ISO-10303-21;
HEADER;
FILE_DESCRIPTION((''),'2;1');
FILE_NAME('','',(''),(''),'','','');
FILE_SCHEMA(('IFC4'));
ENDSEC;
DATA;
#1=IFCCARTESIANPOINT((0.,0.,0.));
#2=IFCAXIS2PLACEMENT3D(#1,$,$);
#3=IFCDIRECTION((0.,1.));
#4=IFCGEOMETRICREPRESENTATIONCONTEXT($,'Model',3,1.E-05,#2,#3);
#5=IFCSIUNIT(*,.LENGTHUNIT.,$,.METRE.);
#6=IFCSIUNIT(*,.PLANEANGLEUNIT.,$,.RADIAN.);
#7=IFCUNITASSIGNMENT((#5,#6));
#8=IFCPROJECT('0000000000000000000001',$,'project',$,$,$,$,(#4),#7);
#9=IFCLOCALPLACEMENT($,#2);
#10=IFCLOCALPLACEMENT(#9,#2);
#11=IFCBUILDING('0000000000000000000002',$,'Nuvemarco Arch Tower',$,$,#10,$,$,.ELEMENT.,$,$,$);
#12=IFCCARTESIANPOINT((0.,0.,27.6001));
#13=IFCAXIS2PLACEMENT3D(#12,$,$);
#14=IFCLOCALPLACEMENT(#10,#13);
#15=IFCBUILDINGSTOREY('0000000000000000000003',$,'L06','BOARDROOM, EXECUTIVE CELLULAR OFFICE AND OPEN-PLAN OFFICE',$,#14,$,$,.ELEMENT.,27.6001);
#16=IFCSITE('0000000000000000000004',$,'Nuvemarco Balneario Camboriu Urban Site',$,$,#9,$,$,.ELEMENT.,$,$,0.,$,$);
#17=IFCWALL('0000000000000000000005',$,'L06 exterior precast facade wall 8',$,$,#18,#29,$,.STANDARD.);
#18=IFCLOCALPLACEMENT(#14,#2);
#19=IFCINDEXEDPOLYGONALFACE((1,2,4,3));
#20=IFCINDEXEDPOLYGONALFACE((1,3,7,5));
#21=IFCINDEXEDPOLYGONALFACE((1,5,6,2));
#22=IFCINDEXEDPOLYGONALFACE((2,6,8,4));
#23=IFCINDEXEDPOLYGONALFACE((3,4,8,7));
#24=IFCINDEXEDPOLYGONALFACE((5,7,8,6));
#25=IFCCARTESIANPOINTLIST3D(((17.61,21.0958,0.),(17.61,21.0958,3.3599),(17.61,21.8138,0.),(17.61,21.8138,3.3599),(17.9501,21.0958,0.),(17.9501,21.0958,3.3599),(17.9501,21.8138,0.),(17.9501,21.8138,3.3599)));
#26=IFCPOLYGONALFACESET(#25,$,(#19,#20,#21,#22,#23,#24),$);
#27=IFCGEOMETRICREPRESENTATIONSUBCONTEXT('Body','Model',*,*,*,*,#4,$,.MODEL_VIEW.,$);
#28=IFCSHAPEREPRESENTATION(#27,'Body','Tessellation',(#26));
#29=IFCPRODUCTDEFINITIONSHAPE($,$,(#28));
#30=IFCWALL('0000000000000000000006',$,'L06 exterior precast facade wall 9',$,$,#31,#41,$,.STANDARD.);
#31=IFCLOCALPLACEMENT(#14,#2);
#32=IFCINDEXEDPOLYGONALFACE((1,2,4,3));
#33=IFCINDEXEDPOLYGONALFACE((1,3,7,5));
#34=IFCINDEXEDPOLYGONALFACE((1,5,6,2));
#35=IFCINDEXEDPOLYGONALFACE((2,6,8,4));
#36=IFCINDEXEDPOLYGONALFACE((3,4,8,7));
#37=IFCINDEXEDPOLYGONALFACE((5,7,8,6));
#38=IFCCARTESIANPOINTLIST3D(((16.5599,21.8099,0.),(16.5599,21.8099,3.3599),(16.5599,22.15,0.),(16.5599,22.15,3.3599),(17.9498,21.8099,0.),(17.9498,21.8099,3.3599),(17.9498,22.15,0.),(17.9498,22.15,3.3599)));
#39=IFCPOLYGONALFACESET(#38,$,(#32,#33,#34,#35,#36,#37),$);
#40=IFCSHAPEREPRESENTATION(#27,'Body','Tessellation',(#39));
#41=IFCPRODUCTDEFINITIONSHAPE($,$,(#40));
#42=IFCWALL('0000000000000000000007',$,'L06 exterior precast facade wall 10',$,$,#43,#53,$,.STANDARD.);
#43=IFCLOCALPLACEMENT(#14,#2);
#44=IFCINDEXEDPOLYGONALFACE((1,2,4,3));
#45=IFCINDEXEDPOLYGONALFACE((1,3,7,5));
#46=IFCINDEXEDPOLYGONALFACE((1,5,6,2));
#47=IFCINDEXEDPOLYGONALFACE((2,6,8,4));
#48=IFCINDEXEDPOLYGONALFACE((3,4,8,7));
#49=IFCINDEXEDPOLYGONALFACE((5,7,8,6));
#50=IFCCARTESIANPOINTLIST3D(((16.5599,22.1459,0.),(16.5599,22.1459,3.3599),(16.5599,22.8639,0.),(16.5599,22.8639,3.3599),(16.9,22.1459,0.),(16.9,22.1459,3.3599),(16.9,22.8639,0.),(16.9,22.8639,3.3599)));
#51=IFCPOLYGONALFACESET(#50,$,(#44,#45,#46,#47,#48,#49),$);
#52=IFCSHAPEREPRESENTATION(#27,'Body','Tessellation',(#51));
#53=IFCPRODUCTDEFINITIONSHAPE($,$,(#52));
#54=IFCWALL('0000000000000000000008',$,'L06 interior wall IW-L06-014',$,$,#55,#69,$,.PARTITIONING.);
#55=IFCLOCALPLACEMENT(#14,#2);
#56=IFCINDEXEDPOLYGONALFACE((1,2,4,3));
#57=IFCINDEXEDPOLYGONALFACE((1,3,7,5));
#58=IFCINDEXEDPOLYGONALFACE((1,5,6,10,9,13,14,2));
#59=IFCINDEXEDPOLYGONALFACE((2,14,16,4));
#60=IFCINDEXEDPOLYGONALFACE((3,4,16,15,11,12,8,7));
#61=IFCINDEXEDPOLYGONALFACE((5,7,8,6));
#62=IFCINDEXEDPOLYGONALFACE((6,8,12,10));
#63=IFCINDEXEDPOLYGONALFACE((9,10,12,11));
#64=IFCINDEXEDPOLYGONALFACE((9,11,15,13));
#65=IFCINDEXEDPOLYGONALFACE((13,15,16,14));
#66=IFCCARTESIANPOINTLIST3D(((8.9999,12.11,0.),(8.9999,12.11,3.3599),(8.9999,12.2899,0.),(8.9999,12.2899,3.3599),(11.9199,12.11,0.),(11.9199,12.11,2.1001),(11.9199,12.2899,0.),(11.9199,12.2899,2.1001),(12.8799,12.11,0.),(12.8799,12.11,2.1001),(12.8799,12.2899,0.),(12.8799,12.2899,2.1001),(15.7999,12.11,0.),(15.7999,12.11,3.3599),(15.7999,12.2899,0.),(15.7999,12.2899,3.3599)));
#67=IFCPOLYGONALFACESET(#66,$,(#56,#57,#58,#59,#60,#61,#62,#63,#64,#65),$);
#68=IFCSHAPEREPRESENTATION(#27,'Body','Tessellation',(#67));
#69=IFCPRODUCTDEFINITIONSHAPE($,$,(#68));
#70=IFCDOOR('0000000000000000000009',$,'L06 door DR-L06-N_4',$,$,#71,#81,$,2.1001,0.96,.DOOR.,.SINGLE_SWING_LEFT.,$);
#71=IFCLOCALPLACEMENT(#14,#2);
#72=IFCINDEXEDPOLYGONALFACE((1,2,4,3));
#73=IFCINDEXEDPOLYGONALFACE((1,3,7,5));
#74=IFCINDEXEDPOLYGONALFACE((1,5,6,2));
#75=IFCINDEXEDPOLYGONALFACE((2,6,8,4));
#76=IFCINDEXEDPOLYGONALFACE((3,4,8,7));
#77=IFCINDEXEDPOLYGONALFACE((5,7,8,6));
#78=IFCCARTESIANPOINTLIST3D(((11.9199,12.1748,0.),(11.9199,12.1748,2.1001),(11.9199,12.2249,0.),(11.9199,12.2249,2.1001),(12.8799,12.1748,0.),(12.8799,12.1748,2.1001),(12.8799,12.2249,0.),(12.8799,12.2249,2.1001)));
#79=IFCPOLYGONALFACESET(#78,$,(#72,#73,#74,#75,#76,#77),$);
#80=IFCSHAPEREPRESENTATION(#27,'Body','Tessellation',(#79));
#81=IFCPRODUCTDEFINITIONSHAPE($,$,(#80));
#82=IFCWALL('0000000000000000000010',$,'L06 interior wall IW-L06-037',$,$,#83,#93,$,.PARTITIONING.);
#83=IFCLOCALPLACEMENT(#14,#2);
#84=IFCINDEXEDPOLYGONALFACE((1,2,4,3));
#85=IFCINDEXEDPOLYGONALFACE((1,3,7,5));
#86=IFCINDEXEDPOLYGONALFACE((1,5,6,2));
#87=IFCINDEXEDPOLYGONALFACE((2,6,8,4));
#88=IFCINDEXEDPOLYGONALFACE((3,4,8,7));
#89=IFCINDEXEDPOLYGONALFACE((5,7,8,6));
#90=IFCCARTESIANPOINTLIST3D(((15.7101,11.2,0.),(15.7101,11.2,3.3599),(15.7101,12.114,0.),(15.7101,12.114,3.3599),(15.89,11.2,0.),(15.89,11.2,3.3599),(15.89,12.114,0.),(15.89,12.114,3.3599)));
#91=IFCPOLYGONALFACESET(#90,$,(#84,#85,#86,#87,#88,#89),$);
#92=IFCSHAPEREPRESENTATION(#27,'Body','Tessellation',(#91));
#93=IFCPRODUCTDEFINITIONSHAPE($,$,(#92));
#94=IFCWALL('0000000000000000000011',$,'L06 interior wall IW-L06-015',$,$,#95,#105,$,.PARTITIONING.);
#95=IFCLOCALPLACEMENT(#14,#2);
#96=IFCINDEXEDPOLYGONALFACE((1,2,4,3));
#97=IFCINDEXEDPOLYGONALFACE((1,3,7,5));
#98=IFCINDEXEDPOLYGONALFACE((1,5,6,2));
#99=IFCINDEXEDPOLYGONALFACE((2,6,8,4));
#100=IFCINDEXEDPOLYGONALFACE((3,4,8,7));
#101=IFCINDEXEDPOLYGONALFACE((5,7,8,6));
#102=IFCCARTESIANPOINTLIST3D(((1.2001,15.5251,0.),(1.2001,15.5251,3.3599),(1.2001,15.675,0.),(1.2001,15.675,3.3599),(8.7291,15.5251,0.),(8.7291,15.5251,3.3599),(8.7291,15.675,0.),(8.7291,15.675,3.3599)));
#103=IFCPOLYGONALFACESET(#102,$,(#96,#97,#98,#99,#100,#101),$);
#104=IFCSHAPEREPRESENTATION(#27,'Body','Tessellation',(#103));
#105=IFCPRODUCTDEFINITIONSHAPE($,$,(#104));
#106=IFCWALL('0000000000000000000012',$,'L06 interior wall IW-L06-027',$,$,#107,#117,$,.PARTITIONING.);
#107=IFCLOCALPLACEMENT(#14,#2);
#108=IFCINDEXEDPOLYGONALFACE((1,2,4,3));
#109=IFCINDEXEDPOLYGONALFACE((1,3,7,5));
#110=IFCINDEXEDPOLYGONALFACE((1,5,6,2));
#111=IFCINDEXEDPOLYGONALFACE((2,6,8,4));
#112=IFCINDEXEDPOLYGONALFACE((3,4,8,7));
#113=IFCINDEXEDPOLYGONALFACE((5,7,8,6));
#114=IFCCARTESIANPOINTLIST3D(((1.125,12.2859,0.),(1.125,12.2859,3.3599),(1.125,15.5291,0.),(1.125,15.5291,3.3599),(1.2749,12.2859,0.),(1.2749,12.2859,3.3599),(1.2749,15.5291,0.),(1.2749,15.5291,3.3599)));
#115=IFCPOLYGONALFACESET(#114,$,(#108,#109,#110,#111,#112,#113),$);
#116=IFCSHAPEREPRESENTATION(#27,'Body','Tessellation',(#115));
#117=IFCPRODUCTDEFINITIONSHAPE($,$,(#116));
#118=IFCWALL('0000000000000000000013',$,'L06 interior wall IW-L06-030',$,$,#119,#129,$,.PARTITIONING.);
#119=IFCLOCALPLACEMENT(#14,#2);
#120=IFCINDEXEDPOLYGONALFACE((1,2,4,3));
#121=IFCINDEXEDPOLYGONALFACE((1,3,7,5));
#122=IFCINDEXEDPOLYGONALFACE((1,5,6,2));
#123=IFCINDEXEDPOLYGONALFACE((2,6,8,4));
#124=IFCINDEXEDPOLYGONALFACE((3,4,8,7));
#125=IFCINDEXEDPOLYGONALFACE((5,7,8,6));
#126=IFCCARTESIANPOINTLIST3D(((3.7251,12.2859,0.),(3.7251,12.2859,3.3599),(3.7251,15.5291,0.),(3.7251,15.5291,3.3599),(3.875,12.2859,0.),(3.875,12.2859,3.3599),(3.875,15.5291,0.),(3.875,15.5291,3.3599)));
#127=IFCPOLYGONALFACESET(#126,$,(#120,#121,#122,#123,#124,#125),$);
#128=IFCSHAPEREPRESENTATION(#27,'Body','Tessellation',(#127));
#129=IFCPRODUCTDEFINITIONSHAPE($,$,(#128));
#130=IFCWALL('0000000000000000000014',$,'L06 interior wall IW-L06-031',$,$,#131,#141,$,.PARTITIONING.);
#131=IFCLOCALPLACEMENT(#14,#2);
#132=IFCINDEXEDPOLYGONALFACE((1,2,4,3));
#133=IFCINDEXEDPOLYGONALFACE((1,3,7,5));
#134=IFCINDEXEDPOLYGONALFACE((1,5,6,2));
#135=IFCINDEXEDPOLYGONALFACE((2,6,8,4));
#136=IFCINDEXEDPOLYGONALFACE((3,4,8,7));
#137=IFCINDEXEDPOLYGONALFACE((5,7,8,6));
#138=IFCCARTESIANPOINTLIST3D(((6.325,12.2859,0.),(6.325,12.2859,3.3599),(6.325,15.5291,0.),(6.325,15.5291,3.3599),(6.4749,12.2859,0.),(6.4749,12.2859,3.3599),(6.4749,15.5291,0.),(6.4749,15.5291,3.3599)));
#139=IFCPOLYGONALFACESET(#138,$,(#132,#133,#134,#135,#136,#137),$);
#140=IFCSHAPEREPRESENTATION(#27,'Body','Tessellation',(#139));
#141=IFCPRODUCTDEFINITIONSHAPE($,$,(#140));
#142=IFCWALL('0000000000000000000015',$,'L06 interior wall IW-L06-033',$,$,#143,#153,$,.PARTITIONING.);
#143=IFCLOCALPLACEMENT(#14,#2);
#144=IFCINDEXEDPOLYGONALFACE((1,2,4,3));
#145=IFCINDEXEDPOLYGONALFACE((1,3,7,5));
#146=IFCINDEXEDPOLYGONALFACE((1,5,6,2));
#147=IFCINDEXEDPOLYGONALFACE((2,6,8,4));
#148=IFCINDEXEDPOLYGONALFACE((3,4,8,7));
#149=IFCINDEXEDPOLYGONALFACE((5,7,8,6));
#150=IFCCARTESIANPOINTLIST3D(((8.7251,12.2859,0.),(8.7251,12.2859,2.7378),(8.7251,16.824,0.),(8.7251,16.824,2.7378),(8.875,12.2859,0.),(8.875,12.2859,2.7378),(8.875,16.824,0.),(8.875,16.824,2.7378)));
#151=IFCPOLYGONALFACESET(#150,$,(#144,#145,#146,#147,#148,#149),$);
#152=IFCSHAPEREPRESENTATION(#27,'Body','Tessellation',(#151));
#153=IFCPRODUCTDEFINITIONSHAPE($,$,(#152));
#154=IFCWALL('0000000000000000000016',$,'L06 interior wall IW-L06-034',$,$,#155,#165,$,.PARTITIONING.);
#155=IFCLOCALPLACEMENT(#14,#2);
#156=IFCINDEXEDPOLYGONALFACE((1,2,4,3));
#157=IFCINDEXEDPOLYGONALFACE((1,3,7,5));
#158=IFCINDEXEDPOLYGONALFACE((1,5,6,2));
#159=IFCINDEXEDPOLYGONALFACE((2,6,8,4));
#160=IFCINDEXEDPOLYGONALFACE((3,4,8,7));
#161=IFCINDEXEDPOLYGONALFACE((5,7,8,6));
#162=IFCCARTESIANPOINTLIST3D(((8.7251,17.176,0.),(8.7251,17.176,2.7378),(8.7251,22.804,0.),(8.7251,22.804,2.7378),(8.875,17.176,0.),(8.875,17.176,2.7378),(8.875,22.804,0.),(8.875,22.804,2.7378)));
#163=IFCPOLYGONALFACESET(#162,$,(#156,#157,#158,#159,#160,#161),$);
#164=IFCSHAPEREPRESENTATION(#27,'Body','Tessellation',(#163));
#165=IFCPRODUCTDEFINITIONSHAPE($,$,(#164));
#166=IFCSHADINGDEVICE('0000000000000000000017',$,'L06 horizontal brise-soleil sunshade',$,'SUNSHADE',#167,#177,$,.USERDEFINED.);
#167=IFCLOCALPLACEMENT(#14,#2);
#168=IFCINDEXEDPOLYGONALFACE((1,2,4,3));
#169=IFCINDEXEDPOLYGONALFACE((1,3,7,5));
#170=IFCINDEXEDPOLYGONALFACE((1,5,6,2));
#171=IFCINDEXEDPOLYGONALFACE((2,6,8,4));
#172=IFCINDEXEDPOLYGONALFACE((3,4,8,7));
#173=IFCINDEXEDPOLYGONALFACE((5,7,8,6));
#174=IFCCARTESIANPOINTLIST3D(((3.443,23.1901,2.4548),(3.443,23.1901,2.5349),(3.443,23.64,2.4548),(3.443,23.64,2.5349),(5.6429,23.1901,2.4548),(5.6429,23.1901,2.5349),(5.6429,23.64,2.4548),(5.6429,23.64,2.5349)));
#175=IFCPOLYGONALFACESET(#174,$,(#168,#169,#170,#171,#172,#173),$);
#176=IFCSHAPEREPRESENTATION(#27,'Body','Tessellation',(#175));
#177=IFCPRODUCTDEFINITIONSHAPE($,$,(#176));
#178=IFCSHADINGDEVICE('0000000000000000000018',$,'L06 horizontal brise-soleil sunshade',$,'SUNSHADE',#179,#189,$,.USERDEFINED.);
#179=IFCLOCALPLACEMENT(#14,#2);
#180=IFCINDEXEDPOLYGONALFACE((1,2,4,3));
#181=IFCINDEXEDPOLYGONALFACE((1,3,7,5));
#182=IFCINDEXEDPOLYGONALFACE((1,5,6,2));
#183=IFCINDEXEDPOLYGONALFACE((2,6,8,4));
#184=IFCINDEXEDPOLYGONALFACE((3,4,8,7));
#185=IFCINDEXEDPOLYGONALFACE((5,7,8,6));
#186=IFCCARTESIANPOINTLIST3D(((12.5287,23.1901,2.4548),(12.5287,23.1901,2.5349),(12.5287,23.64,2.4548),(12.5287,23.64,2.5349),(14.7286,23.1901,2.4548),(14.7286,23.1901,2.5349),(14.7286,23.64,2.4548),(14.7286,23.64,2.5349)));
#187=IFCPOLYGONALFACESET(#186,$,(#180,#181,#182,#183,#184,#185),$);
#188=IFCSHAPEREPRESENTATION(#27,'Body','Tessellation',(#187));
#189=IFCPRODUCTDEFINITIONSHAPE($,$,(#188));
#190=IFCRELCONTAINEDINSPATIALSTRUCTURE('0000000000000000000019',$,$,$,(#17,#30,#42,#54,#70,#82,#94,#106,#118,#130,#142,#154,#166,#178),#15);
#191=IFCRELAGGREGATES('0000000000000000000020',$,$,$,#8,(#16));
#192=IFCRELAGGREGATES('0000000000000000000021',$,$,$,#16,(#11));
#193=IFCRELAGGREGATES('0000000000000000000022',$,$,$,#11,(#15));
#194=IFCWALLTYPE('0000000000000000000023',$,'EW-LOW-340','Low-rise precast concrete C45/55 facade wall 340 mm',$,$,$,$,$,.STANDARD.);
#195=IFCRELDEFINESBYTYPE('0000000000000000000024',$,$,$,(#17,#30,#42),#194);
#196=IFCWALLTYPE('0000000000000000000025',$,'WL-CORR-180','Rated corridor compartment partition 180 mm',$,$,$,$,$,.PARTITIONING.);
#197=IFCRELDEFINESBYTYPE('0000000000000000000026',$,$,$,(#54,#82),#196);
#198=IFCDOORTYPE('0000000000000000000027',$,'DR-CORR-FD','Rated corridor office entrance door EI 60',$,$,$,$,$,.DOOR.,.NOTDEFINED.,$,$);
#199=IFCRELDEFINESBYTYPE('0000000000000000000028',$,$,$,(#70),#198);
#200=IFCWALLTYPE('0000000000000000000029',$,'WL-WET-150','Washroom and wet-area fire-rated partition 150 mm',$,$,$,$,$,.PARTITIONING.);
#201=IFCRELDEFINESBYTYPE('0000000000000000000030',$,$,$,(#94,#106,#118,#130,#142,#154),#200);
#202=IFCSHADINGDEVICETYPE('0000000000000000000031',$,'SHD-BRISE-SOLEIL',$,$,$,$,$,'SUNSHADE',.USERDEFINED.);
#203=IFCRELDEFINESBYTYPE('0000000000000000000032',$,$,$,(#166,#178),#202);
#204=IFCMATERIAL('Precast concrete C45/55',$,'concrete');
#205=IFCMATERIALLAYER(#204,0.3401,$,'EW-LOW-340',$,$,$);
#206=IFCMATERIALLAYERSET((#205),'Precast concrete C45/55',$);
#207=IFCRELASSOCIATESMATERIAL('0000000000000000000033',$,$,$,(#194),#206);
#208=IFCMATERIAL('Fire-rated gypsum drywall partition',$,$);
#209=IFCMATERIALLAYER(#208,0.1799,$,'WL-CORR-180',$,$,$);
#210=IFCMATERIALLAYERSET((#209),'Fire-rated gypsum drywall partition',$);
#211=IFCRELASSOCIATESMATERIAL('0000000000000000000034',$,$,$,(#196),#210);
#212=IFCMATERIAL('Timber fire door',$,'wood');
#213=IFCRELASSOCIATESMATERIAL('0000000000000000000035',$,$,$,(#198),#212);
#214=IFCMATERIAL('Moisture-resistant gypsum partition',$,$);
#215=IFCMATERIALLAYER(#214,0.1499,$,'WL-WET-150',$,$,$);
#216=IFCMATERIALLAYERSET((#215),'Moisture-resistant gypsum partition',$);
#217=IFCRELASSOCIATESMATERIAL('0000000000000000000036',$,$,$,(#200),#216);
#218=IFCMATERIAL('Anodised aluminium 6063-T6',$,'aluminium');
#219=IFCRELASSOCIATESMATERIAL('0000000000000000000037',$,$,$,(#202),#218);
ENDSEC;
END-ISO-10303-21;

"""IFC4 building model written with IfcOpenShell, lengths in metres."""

from ifc_helpers import new_model, si_unit, direction, frame, frame_2d, origin, origin_2d, place, context, subcontext, project, spatial, rectangle, extrude, source, transform, mapped, material, layer, layer_set, type_object, type_shapes, element, fill, save


model = new_model("IFC4")

# Units and contexts
model_context = context("Model", 3, precision=1e-05, world=origin(), true_north=direction((0.0, 1.0)))
body_context = subcontext(model_context, "Body", "Model", "MODEL_VIEW")
ifc_project = project(units=[si_unit("LENGTHUNIT", "METRE"), si_unit("PLANEANGLEUNIT", "RADIAN")], contexts=[model_context])

# Site, building, storey
site_placement = place(None, origin())
site = spatial("IfcSite", under=ifc_project, at=site_placement, Name="Nuvemarco Balneario Camboriu Urban Site", CompositionType="ELEMENT", RefElevation=0.0)
building_placement = place(site_placement, origin())
building = spatial("IfcBuilding", under=site, at=building_placement, Name="Nuvemarco Arch Tower", CompositionType="ELEMENT")
storey_placement = place(building_placement, frame((0.0, 0.0, 27.6001)))
storey = spatial("IfcBuildingStorey", under=building, at=storey_placement, Name="L06", Description="BOARDROOM, EXECUTIVE CELLULAR OFFICE AND OPEN-PLAN OFFICE", CompositionType="ELEMENT", Elevation=27.6001)

# Shared definitions
ifc_material_1 = material(Name="Precast concrete C45/55", Category="concrete")

# Walls
ifc_layer_1 = layer(ifc_material_1, 0.3401, Name="EW-LOW-340")
ifc_layer_set_1 = layer_set([ifc_layer_1], Name="Precast concrete C45/55")
wall_type_1 = type_object("IfcWallType", Name="EW-LOW-340", Description="Low-rise precast concrete C45/55 facade wall 340 mm", PredefinedType="STANDARD", material=ifc_layer_set_1)
wall_1_placement = place(storey_placement, frame((17.78, 21.0959, 0.0), z_axis=(0.0, 0.0, 1.0), x_axis=(0.0, 1.0, 0.0)))
element("IfcWall", 1, at=wall_1_placement, inside=storey, type_object=wall_type_1, Name="L06 exterior precast facade wall 8", PredefinedType="STANDARD", context=body_context, shape_type="SweptSolid", body=[
    extrude(rectangle(XDim=0.718, YDim=0.3401, at=frame_2d((0.3589, 0.0))), origin(), (0.0, 0.0, 1.0), 3.3599),
])
wall_2_placement = place(storey_placement, frame((16.5601, 21.98, 0.0), z_axis=(0.0, 0.0, 1.0), x_axis=(1.0, 0.0, 0.0)))
element("IfcWall", 2, at=wall_2_placement, inside=storey, type_object=wall_type_1, Name="L06 exterior precast facade wall 9", PredefinedType="STANDARD", context=body_context, shape_type="SweptSolid", body=[
    extrude(rectangle(XDim=1.3899, YDim=0.3401, at=frame_2d((0.6948, 0.0))), origin(), (0.0, 0.0, 1.0), 3.3599),
])
wall_3_placement = place(storey_placement, frame((16.73, 22.146, 0.0), z_axis=(0.0, 0.0, 1.0), x_axis=(0.0, 1.0, 0.0)))
element("IfcWall", 3, at=wall_3_placement, inside=storey, type_object=wall_type_1, Name="L06 exterior precast facade wall 10", PredefinedType="STANDARD", context=body_context, shape_type="SweptSolid", body=[
    extrude(rectangle(XDim=0.718, YDim=0.3401, at=frame_2d((0.3589, 0.0))), origin(), (0.0, 0.0, 1.0), 3.3599),
])

# Wall, opening, door
ifc_material_2 = material(Name="Fire-rated gypsum drywall partition")
ifc_layer_2 = layer(ifc_material_2, 0.1799, Name="WL-CORR-180")
ifc_layer_set_2 = layer_set([ifc_layer_2], Name="Fire-rated gypsum drywall partition")
wall_type_2 = type_object("IfcWallType", Name="WL-CORR-180", Description="Rated corridor compartment partition 180 mm", PredefinedType="PARTITIONING", material=ifc_layer_set_2)
wall_4_placement = place(storey_placement, frame((9.0, 12.2, 0.0), z_axis=(0.0, 0.0, 1.0), x_axis=(1.0, 0.0, 0.0)))
wall_4 = element("IfcWall", 4, at=wall_4_placement, inside=storey, type_object=wall_type_2, Name="L06 interior wall IW-L06-014", PredefinedType="PARTITIONING", context=body_context, shape_type="SweptSolid", body=[
    extrude(rectangle(XDim=6.8, YDim=0.1799, at=frame_2d((3.3999, 0.0))), origin(), (0.0, 0.0, 1.0), 3.3599),
])
opening_placement = place(wall_4_placement, frame((2.9199, 0.0, 0.0)))
opening = element("IfcOpeningElement", 5, at=opening_placement, cuts=wall_4, PredefinedType="OPENING", context=body_context, shape_type="SweptSolid", body=[
    extrude(rectangle(XDim=0.96, YDim=2.1001, at=frame_2d((0.48, 1.05))), frame((0.0, 0.0999, 0.0), z_axis=(0.0, -1.0, 0.0), x_axis=(1.0, 0.0, 0.0)), (0.0, 0.0, 1.0), 0.2),
])
ifc_material_3 = material(Name="Timber fire door", Category="wood")
door_type = type_object("IfcDoorType", Name="DR-CORR-FD", Description="Rated corridor office entrance door EI 60", OperationType="NOTDEFINED", PredefinedType="DOOR", material=ifc_material_3)
shared_shape_1 = source(origin(), body_context, "Body", "SweptSolid", [
    extrude(rectangle(XDim=0.96, YDim=2.1001, at=frame_2d((0.48, 1.05))), frame((0.0, 0.0249, 0.0), z_axis=(0.0, -1.0, 0.0), x_axis=(1.0, 0.0, 0.0)), (0.0, 0.0, 1.0), 0.05),
])
type_shapes(door_type, [shared_shape_1])
door_placement = place(opening_placement, origin())
door = element("IfcDoor", 6, at=door_placement, inside=storey, type_object=door_type, Name="L06 door DR-L06-N_4", OperationType="SINGLE_SWING_LEFT", OverallHeight=2.1001, OverallWidth=0.96, PredefinedType="DOOR", context=body_context, shape_type="MappedRepresentation", body=[
    mapped(shared_shape_1, transform((0.0, 0.0, 0.0), scale=1.0)),
])
fill(opening, door)

# Walls
wall_5_placement = place(storey_placement, frame((15.8, 11.2, 0.0), z_axis=(0.0, 0.0, 1.0), x_axis=(0.0, 1.0, 0.0)))
element("IfcWall", 7, at=wall_5_placement, inside=storey, type_object=wall_type_2, Name="L06 interior wall IW-L06-037", PredefinedType="PARTITIONING", context=body_context, shape_type="SweptSolid", body=[
    extrude(rectangle(XDim=0.9141, YDim=0.1799, at=frame_2d((0.457, 0.0))), origin(), (0.0, 0.0, 1.0), 3.3599),
])
ifc_material_4 = material(Name="Moisture-resistant gypsum partition")
ifc_layer_3 = layer(ifc_material_4, 0.1499, Name="WL-WET-150")
ifc_layer_set_3 = layer_set([ifc_layer_3], Name="Moisture-resistant gypsum partition")
wall_type_3 = type_object("IfcWallType", Name="WL-WET-150", Description="Washroom and wet-area fire-rated partition 150 mm", PredefinedType="PARTITIONING", material=ifc_layer_set_3)
wall_6_placement = place(storey_placement, frame((1.2, 15.6001, 0.0), z_axis=(0.0, 0.0, 1.0), x_axis=(1.0, 0.0, 0.0)))
element("IfcWall", 8, at=wall_6_placement, inside=storey, type_object=wall_type_3, Name="L06 interior wall IW-L06-015", PredefinedType="PARTITIONING", context=body_context, shape_type="SweptSolid", body=[
    extrude(rectangle(XDim=7.5291, YDim=0.1499, at=frame_2d((3.7646, 0.0))), origin(), (0.0, 0.0, 1.0), 3.3599),
])
for number, where, z_axis, x_axis, name in (
    (9, (1.2, 12.2859, 0.0), (0.0, 0.0, 1.0), (0.0, 1.0, 0.0), "L06 interior wall IW-L06-027"),
    (10, (3.8, 12.2859, 0.0), (0.0, 0.0, 1.0), (0.0, 1.0, 0.0), "L06 interior wall IW-L06-030"),
    (11, (6.3999, 12.2859, 0.0), (0.0, 0.0, 1.0), (0.0, 1.0, 0.0), "L06 interior wall IW-L06-031"),
):
    element("IfcWall", number, at=place(storey_placement, frame(where, z_axis=z_axis, x_axis=x_axis)), inside=storey, type_object=wall_type_3, Name=name, PredefinedType="PARTITIONING", context=body_context, shape_type="SweptSolid", body=[
        extrude(rectangle(XDim=3.2432, YDim=0.1499, at=frame_2d((1.6216, 0.0))), origin(), (0.0, 0.0, 1.0), 3.3599),
    ])
wall_7_placement = place(storey_placement, frame((8.8, 12.2859, 0.0), z_axis=(0.0, 0.0, 1.0), x_axis=(0.0, 1.0, 0.0)))
element("IfcWall", 12, at=wall_7_placement, inside=storey, type_object=wall_type_3, Name="L06 interior wall IW-L06-033", PredefinedType="PARTITIONING", context=body_context, shape_type="SweptSolid", body=[
    extrude(rectangle(XDim=4.5381, YDim=0.1499, at=frame_2d((2.269, 0.0))), origin(), (0.0, 0.0, 1.0), 2.7378),
])
wall_8_placement = place(storey_placement, frame((8.8, 17.176, 0.0), z_axis=(0.0, 0.0, 1.0), x_axis=(0.0, 1.0, 0.0)))
element("IfcWall", 13, at=wall_8_placement, inside=storey, type_object=wall_type_3, Name="L06 interior wall IW-L06-034", PredefinedType="PARTITIONING", context=body_context, shape_type="SweptSolid", body=[
    extrude(rectangle(XDim=5.6279, YDim=0.1499, at=frame_2d((2.814, 0.0))), origin(), (0.0, 0.0, 1.0), 2.7378),
])

# Shading devices
ifc_material_5 = material(Name="Anodised aluminium 6063-T6", Category="aluminium")
shading_device_type_1 = type_object("IfcShadingDeviceType", Name="SHD-BRISE-SOLEIL", ElementType="SUNSHADE", PredefinedType="USERDEFINED", material=ifc_material_5)
shared_shape_2 = source(origin(), body_context, "Body", "SweptSolid", [
    extrude(rectangle(XDim=2.2, YDim=0.45, at=origin_2d()), origin(), (0.0, 0.0, 1.0), 0.0801),
])
type_shapes(shading_device_type_1, [shared_shape_2])
for number, where, z_axis, x_axis, name in (
    (14, (4.543, 23.415, 2.4548), (0.0, 0.0, 1.0), (1.0, 0.0, 0.0), "L06 horizontal brise-soleil sunshade"),
    (15, (13.6287, 23.415, 2.4548), (0.0, 0.0, 1.0), (1.0, 0.0, 0.0), "L06 horizontal brise-soleil sunshade"),
):
    element("IfcShadingDevice", number, at=place(storey_placement, frame(where, z_axis=z_axis, x_axis=x_axis)), inside=storey, type_object=shading_device_type_1, Name=name, ObjectType="SUNSHADE", PredefinedType="USERDEFINED", context=body_context, shape_type="MappedRepresentation", body=[
        mapped(shared_shape_2, transform((0.0, 0.0, 0.0), scale=1.0)),
    ])

save(model, "model.ifc")
